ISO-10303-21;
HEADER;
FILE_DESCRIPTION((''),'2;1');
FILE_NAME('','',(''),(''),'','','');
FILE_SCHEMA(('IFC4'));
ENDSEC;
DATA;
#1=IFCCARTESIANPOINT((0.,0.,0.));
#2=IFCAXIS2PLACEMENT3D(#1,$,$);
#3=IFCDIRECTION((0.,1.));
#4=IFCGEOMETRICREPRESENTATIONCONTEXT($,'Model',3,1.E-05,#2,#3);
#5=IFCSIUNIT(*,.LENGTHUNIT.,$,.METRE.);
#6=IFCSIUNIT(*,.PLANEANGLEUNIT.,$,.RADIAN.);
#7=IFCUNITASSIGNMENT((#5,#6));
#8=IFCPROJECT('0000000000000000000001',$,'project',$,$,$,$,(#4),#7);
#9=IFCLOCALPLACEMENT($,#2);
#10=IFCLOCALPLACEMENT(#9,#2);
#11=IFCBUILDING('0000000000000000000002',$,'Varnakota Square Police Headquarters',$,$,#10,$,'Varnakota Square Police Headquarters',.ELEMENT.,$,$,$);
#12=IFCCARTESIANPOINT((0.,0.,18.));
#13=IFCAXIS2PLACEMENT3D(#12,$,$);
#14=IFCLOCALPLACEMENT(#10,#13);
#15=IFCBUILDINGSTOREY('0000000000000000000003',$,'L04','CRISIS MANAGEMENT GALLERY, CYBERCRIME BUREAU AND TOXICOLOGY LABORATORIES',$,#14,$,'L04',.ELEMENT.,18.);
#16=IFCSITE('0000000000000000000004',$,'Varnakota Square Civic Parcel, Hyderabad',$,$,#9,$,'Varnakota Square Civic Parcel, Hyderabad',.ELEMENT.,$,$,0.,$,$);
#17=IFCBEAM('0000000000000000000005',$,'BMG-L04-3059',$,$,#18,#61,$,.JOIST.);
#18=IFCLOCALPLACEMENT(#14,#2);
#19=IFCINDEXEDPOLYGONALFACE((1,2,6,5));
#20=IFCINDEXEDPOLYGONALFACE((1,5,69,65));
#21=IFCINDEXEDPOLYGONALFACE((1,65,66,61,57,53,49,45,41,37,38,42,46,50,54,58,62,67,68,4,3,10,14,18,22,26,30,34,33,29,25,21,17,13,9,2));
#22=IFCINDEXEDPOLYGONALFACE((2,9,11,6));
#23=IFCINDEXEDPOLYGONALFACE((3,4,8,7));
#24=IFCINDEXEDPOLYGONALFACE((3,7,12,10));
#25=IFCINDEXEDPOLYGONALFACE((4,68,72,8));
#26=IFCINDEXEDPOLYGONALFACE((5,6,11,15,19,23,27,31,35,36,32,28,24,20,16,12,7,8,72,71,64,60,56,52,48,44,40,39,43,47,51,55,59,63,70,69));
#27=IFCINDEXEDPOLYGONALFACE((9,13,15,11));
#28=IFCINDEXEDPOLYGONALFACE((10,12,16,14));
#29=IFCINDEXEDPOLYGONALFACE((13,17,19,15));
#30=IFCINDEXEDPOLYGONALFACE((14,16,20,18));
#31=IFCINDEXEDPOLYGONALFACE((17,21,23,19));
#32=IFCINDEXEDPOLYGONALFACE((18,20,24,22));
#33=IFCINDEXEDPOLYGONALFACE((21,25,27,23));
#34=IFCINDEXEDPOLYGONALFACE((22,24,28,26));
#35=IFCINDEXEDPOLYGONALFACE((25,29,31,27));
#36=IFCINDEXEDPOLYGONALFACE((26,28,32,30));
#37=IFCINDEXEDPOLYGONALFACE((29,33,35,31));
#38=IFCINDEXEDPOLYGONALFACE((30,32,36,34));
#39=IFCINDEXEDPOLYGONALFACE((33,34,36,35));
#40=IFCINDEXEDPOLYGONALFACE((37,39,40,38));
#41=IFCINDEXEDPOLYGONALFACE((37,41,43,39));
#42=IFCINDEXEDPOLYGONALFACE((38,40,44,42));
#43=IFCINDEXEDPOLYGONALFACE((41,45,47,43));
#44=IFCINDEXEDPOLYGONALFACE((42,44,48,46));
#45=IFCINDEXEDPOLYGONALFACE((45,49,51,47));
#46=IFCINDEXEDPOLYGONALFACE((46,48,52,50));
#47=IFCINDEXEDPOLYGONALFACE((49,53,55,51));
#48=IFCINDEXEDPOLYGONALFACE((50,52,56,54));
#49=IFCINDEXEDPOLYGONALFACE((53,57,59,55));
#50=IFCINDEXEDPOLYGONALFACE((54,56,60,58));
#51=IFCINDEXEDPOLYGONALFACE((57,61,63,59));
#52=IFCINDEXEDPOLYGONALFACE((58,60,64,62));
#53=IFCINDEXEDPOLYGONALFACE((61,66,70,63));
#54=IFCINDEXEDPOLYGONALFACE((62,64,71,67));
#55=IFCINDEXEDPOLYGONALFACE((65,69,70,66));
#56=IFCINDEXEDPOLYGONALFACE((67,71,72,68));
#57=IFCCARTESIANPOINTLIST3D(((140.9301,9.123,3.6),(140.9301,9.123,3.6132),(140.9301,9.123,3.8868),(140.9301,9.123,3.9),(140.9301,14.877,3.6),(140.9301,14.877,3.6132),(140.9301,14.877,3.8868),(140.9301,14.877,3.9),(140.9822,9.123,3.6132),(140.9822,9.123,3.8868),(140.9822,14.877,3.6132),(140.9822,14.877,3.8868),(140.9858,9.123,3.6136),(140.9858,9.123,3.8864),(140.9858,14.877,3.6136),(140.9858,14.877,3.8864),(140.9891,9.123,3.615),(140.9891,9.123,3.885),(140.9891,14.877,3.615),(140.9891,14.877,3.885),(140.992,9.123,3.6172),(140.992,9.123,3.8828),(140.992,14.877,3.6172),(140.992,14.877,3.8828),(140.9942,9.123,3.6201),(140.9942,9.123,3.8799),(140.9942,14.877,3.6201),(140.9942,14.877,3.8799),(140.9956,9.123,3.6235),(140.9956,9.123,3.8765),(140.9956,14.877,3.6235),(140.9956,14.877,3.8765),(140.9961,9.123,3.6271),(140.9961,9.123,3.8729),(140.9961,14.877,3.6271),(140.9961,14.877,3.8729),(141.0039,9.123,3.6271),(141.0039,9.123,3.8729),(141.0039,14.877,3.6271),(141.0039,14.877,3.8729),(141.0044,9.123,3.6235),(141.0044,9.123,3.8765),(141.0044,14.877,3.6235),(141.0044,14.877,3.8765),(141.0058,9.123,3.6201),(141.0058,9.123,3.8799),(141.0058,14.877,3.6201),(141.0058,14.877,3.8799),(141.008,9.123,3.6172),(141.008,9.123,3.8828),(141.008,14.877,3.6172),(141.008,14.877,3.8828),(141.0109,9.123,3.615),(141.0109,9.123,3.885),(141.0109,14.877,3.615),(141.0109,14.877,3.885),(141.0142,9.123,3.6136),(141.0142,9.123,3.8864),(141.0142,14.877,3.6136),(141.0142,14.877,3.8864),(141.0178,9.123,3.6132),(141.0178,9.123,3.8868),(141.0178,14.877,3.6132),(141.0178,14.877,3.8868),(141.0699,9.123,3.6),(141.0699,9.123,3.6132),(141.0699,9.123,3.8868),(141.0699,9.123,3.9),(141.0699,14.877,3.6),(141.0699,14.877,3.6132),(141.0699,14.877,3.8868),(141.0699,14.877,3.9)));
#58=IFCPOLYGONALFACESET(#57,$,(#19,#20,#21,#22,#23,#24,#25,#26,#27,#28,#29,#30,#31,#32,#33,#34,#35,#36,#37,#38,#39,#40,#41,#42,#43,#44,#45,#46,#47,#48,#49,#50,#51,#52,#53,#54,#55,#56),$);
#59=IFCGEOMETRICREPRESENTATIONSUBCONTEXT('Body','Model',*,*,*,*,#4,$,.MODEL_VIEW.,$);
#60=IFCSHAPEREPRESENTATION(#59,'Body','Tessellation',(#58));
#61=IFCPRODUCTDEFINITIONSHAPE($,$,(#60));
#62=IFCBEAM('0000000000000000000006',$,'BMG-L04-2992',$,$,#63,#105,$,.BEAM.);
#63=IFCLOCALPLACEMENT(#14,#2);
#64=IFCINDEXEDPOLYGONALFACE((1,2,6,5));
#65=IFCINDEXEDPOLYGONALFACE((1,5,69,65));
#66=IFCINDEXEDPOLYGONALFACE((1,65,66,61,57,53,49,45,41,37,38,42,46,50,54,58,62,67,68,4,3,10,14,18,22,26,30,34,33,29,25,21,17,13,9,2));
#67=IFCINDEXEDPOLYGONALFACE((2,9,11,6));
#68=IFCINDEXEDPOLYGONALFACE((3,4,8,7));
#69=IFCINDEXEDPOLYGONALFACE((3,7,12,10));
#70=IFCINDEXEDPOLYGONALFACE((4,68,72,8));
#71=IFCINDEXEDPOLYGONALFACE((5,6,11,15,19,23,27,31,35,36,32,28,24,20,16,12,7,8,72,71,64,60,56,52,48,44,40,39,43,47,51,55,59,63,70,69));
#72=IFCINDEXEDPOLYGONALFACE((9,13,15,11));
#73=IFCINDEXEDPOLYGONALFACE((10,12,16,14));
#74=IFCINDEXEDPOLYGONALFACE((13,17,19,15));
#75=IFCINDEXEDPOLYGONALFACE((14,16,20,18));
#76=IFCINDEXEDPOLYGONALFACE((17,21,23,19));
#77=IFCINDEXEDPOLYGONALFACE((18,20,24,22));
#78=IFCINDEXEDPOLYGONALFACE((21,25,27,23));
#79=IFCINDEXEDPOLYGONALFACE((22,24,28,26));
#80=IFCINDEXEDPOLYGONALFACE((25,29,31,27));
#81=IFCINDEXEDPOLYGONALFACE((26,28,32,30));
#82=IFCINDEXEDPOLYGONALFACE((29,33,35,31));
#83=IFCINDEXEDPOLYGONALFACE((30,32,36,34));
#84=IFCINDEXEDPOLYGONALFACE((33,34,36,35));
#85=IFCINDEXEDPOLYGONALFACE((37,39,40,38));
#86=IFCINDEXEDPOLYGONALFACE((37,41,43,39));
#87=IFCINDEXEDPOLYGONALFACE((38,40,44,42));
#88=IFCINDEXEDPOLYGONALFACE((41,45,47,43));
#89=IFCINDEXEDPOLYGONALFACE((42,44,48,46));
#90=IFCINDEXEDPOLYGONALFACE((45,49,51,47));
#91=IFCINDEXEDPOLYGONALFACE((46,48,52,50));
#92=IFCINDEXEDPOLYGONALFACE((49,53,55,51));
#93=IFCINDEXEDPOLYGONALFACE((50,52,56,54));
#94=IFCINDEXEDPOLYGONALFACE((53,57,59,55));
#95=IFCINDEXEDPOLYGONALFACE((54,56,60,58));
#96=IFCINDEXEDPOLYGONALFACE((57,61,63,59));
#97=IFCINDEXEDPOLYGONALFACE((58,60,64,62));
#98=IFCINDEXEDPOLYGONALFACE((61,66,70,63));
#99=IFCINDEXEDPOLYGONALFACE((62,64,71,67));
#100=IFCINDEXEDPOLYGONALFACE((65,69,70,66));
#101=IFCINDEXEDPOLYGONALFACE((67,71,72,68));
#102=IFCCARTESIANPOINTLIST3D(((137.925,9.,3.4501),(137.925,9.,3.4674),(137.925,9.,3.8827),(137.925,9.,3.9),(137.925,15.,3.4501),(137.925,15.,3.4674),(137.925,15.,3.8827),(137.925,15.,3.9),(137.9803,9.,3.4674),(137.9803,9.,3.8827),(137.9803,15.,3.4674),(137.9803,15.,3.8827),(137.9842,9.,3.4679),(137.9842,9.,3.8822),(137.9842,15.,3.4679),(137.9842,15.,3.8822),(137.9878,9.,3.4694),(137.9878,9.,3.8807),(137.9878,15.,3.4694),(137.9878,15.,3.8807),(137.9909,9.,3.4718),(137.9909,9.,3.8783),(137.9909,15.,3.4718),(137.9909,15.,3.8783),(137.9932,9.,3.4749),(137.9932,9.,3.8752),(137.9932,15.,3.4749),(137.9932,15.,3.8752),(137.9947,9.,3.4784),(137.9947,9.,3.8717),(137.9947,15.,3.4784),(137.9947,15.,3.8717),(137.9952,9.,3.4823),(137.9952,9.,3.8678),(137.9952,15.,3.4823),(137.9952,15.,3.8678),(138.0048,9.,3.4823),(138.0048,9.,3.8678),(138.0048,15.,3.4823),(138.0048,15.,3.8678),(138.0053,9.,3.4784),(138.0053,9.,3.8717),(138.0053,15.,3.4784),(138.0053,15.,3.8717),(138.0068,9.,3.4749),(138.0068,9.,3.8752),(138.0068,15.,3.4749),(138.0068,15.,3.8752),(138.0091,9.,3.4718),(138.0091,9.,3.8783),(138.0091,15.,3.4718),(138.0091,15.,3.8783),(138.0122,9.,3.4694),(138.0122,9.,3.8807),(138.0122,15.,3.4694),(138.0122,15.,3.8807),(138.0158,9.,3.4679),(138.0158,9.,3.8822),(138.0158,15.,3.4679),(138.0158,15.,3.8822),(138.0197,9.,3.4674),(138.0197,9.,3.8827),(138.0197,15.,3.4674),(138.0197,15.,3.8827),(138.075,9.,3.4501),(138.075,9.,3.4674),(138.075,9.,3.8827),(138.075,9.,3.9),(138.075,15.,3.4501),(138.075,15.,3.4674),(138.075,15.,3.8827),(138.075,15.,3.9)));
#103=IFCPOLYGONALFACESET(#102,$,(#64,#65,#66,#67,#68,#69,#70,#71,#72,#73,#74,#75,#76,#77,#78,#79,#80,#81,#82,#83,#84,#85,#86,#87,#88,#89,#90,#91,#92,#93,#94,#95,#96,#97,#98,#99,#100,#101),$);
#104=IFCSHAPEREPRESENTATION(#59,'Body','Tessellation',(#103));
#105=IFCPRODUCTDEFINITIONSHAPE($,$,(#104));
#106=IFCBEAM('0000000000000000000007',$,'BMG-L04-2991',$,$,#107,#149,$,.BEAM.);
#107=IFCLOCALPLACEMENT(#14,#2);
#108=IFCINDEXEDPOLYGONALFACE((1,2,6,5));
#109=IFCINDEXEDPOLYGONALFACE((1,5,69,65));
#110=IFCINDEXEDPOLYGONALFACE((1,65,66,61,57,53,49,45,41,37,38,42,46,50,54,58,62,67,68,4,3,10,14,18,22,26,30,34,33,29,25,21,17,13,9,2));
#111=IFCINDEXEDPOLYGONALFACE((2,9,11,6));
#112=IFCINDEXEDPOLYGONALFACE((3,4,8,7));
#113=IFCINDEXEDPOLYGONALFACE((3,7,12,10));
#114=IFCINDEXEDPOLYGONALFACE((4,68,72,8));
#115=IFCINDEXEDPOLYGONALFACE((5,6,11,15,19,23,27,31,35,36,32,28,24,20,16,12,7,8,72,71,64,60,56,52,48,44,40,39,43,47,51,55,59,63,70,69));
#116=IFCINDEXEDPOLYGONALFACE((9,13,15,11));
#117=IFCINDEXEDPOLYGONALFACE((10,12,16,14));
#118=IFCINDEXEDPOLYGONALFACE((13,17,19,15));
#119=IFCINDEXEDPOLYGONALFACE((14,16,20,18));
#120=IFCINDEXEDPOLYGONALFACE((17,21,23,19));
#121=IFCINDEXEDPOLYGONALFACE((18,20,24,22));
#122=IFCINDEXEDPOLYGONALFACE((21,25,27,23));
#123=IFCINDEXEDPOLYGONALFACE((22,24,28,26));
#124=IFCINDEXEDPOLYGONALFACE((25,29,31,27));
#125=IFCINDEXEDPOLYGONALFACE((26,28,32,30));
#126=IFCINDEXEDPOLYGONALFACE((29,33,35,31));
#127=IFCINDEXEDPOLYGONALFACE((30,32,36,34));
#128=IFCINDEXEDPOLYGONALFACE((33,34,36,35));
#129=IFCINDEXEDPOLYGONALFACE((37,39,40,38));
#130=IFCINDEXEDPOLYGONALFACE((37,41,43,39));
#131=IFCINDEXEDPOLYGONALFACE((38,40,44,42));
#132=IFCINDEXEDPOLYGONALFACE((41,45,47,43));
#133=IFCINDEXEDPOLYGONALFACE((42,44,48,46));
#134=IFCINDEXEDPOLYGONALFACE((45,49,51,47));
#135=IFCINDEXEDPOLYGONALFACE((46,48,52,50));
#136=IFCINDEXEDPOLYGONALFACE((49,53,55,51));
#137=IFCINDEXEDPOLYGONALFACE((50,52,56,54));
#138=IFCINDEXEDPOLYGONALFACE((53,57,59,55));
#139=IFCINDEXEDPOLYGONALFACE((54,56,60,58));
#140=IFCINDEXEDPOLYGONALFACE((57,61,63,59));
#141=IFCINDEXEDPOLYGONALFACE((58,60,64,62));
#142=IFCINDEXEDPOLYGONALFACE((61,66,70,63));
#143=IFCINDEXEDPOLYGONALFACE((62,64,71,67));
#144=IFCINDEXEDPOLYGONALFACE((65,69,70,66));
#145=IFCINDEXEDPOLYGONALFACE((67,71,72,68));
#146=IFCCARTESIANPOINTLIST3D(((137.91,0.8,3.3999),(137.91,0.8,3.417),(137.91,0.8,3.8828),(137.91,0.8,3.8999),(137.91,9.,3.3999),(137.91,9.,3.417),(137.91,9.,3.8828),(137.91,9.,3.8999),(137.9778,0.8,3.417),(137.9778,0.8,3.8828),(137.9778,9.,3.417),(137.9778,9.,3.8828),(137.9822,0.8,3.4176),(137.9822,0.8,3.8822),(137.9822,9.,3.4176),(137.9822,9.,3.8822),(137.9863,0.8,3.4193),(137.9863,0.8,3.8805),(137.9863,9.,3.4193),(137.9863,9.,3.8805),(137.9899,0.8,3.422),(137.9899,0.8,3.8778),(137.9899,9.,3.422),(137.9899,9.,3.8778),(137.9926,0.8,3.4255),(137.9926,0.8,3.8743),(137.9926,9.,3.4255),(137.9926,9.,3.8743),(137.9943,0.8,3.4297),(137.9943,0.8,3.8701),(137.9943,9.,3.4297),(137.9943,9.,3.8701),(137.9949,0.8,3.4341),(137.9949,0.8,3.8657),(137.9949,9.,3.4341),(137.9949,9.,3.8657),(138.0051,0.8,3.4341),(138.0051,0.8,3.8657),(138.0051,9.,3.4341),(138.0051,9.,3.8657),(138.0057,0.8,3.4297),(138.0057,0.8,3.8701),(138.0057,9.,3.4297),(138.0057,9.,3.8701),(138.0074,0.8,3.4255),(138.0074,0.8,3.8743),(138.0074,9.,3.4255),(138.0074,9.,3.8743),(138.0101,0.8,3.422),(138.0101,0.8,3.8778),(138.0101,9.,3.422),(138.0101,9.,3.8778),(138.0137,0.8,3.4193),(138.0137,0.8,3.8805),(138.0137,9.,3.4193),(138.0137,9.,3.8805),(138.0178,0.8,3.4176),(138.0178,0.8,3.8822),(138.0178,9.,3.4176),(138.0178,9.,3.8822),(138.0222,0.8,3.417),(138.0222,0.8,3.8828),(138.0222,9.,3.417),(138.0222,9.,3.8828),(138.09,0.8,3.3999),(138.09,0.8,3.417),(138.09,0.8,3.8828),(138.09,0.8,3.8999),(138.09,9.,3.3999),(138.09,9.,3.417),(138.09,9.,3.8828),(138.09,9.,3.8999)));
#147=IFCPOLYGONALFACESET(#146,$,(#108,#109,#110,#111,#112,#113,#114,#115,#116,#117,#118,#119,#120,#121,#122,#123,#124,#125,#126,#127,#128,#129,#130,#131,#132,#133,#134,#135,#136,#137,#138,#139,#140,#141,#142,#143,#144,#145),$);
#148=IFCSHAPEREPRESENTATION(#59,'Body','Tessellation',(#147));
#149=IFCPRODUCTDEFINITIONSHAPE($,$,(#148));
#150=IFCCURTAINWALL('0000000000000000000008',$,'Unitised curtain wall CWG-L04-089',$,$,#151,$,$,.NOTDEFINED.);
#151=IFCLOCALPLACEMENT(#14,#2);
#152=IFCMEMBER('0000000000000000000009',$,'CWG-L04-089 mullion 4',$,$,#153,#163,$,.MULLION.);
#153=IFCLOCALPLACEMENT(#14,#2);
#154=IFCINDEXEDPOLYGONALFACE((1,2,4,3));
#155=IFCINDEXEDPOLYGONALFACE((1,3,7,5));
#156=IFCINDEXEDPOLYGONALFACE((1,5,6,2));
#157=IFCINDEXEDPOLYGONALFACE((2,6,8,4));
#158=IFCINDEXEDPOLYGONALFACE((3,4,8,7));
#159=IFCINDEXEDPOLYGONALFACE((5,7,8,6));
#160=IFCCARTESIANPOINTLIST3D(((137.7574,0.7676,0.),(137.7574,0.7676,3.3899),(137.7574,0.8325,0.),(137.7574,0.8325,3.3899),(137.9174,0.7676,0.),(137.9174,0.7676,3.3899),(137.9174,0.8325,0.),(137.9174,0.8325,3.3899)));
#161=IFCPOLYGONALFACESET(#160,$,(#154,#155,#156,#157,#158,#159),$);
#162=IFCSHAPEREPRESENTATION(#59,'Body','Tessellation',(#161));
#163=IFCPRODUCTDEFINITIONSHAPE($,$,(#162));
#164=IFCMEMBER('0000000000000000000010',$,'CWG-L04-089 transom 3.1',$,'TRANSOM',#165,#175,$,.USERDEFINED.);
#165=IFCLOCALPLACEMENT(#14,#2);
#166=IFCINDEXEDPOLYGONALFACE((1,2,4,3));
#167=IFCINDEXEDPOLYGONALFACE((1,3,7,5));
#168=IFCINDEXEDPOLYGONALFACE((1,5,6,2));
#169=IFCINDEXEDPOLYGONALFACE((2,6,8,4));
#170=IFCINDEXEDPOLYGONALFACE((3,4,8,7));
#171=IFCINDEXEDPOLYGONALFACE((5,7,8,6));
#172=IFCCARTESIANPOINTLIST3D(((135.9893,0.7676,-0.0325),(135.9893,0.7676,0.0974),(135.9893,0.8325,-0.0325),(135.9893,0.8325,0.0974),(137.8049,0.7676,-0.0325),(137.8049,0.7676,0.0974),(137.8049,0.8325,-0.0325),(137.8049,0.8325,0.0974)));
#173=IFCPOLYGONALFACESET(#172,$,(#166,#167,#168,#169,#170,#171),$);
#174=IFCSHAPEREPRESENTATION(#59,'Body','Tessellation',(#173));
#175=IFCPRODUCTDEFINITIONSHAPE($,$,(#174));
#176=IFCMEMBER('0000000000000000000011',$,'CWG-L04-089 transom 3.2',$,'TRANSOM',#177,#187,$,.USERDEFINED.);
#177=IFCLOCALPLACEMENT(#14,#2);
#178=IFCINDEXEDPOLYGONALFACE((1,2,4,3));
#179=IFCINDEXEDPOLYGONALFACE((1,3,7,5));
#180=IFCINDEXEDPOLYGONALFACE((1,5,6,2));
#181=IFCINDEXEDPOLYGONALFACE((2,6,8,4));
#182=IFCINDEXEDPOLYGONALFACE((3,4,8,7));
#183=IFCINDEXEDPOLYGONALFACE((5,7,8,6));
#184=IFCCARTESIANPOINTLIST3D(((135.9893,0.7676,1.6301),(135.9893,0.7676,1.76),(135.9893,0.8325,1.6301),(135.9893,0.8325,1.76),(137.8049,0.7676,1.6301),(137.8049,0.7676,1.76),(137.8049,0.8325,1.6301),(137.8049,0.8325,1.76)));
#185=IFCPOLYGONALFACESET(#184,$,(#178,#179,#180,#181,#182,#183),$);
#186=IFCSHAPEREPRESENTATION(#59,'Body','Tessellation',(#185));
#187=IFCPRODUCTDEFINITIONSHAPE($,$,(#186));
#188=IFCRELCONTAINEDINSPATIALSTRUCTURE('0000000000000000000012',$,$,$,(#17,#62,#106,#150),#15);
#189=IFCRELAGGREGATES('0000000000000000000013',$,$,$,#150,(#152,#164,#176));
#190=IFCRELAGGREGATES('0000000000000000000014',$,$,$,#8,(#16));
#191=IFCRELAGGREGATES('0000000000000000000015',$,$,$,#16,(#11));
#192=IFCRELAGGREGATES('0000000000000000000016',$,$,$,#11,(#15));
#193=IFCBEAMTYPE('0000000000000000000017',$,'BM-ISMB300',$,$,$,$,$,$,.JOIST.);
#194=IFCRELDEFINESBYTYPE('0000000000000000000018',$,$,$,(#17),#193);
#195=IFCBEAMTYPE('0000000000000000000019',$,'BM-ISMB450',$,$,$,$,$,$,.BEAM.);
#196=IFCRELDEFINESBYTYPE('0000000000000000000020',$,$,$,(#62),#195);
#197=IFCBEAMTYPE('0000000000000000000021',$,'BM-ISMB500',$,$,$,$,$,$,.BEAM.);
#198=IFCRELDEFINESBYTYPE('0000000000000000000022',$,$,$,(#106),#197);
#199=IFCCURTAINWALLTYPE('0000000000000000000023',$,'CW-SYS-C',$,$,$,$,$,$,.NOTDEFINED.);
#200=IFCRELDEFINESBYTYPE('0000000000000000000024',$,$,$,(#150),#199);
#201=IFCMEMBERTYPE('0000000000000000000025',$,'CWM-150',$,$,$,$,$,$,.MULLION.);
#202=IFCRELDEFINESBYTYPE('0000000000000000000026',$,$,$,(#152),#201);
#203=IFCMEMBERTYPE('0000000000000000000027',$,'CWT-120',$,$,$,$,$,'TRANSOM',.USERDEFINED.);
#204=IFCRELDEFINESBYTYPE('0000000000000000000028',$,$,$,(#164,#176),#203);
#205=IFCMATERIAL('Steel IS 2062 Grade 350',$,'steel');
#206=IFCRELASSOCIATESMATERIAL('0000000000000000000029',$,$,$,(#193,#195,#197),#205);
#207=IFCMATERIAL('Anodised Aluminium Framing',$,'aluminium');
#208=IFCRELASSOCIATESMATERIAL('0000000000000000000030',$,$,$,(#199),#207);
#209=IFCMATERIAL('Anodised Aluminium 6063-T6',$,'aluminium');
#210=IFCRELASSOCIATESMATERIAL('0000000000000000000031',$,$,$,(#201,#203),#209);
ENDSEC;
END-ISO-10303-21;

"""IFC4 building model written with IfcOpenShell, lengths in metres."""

from ifc_helpers import new_model, si_unit, direction, frame, origin, origin_2d, place, context, subcontext, project, spatial, rectangle, i_section, extrude, material, material_profile, profile_set, type_object, element, aggregate, save


model = new_model("IFC4")

# Units and contexts
model_context = context("Model", 3, precision=1e-05, world=origin(), true_north=direction((0.0, 1.0)))
body_context = subcontext(model_context, "Body", "Model", "MODEL_VIEW")
ifc_project = project(units=[si_unit("LENGTHUNIT", "METRE"), si_unit("PLANEANGLEUNIT", "RADIAN")], contexts=[model_context])

# Site, building, storey
site_placement = place(None, origin())
site = spatial("IfcSite", under=ifc_project, at=site_placement, Name="Varnakota Square Civic Parcel, Hyderabad", LongName="Varnakota Square Civic Parcel, Hyderabad", CompositionType="ELEMENT", RefElevation=0.0)
building_placement = place(site_placement, origin())
building = spatial("IfcBuilding", under=site, at=building_placement, Name="Varnakota Square Police Headquarters", LongName="Varnakota Square Police Headquarters", CompositionType="ELEMENT")
storey_placement = place(building_placement, frame((0.0, 0.0, 18.0)))
storey = spatial("IfcBuildingStorey", under=building, at=storey_placement, Name="L04", Description="CRISIS MANAGEMENT GALLERY, CYBERCRIME BUREAU AND TOXICOLOGY LABORATORIES", LongName="L04", CompositionType="ELEMENT", Elevation=18.0)

# Shared definitions
ifc_material_1 = material(Name="Steel IS 2062 Grade 350", Category="steel")

# Beams
ifc_material_profile_1 = material_profile(ifc_material_1, i_section(OverallWidth=0.1399, OverallDepth=0.3, WebThickness=0.0078, FlangeThickness=0.0132, FilletRadius=0.0139, at=origin_2d()), Name="ISMB 300")
ifc_profile_set_1 = profile_set([ifc_material_profile_1], Name="Steel IS 2062 Grade 350")
beam_type_1 = type_object("IfcBeamType", Name="BM-ISMB300", PredefinedType="JOIST", material=ifc_profile_set_1)
beam_1_placement = place(storey_placement, frame((141.0, 9.123, 3.75), z_axis=(0.0, 1.0, 0.0), x_axis=(-1.0, 0.0, 0.0)))
element("IfcBeam", 1, at=beam_1_placement, inside=storey, type_object=beam_type_1, Name="BMG-L04-3059", PredefinedType="JOIST", context=body_context, shape_type="SweptSolid", body=[
    extrude(i_section(OverallWidth=0.1399, OverallDepth=0.3, WebThickness=0.0078, FlangeThickness=0.0132, FilletRadius=0.0139, at=origin_2d()), origin(), (0.0, 0.0, 1.0), 5.7539),
])
ifc_material_profile_2 = material_profile(ifc_material_1, i_section(OverallWidth=0.1499, OverallDepth=0.45, WebThickness=0.0095, FlangeThickness=0.0173, FilletRadius=0.0149, at=origin_2d()), Name="ISMB 450")
ifc_profile_set_2 = profile_set([ifc_material_profile_2], Name="Steel IS 2062 Grade 350")
beam_type_2 = type_object("IfcBeamType", Name="BM-ISMB450", PredefinedType="BEAM", material=ifc_profile_set_2)
beam_2_placement = place(storey_placement, frame((138.0, 9.0, 3.675), z_axis=(0.0, 1.0, 0.0), x_axis=(-1.0, 0.0, 0.0)))
element("IfcBeam", 2, at=beam_2_placement, inside=storey, type_object=beam_type_2, Name="BMG-L04-2992", PredefinedType="BEAM", context=body_context, shape_type="SweptSolid", body=[
    extrude(i_section(OverallWidth=0.1499, OverallDepth=0.45, WebThickness=0.0095, FlangeThickness=0.0173, FilletRadius=0.0149, at=origin_2d()), origin(), (0.0, 0.0, 1.0), 6.0),
])
ifc_material_profile_3 = material_profile(ifc_material_1, i_section(OverallWidth=0.1799, OverallDepth=0.5, WebThickness=0.0103, FlangeThickness=0.0171, FilletRadius=0.0171, at=origin_2d()), Name="ISMB 500")
ifc_profile_set_3 = profile_set([ifc_material_profile_3], Name="Steel IS 2062 Grade 350")
beam_type_3 = type_object("IfcBeamType", Name="BM-ISMB500", PredefinedType="BEAM", material=ifc_profile_set_3)
beam_3_placement = place(storey_placement, frame((138.0, 0.8, 3.6499), z_axis=(0.0, 1.0, 0.0), x_axis=(-1.0, 0.0, 0.0)))
element("IfcBeam", 3, at=beam_3_placement, inside=storey, type_object=beam_type_3, Name="BMG-L04-2991", PredefinedType="BEAM", context=body_context, shape_type="SweptSolid", body=[
    extrude(i_section(OverallWidth=0.1799, OverallDepth=0.5, WebThickness=0.0103, FlangeThickness=0.0171, FilletRadius=0.0171, at=origin_2d()), origin(), (0.0, 0.0, 1.0), 8.2),
])

# Curtain wall, members
ifc_material_2 = material(Name="Anodised Aluminium Framing", Category="aluminium")
curtain_wall_type = type_object("IfcCurtainWallType", Name="CW-SYS-C", PredefinedType="NOTDEFINED", material=ifc_material_2)
curtain_wall_placement = place(storey_placement, origin())
curtain_wall = element("IfcCurtainWall", 4, at=curtain_wall_placement, inside=storey, type_object=curtain_wall_type, Name="Unitised curtain wall CWG-L04-089", PredefinedType="NOTDEFINED")
ifc_material_3 = material(Name="Anodised Aluminium 6063-T6", Category="aluminium")
ifc_material_profile_4 = material_profile(ifc_material_3, rectangle(XDim=0.0649, YDim=0.1599, at=origin_2d()), Name="ALU MULLION 65x160")
ifc_profile_set_4 = profile_set([ifc_material_profile_4], Name="Anodised Aluminium 6063-T6")
member_type_1 = type_object("IfcMemberType", Name="CWM-150", PredefinedType="MULLION", material=ifc_profile_set_4)
member_1_placement = place(storey_placement, frame((137.8374, 0.8, 0.0), z_axis=(0.0, 0.0, 1.0), x_axis=(0.0, 1.0, 0.0)))
member_1 = element("IfcMember", 5, at=member_1_placement, type_object=member_type_1, Name="CWG-L04-089 mullion 4", PredefinedType="MULLION", context=body_context, shape_type="SweptSolid", body=[
    extrude(rectangle(XDim=0.0649, YDim=0.1599, at=origin_2d()), origin(), (0.0, 0.0, 1.0), 3.3899),
])
ifc_material_profile_5 = material_profile(ifc_material_3, rectangle(XDim=0.0649, YDim=0.1299, at=origin_2d()), Name="ALU TRANSOM 65x130")
ifc_profile_set_5 = profile_set([ifc_material_profile_5], Name="Anodised Aluminium 6063-T6")
member_type_2 = type_object("IfcMemberType", Name="CWT-120", ElementType="TRANSOM", PredefinedType="USERDEFINED", material=ifc_profile_set_5)
member_2_placement = place(storey_placement, frame((135.9893, 0.8, 0.0325), z_axis=(1.0, 0.0, 0.0), x_axis=(0.0, 1.0, 0.0)))
member_2 = element("IfcMember", 6, at=member_2_placement, type_object=member_type_2, Name="CWG-L04-089 transom 3.1", ObjectType="TRANSOM", PredefinedType="USERDEFINED", context=body_context, shape_type="SweptSolid", body=[
    extrude(rectangle(XDim=0.0649, YDim=0.1299, at=origin_2d()), origin(), (0.0, 0.0, 1.0), 1.8157),
])
member_3_placement = place(storey_placement, frame((135.9893, 0.8, 1.6951), z_axis=(1.0, 0.0, 0.0), x_axis=(0.0, 1.0, 0.0)))
member_3 = element("IfcMember", 7, at=member_3_placement, type_object=member_type_2, Name="CWG-L04-089 transom 3.2", ObjectType="TRANSOM", PredefinedType="USERDEFINED", context=body_context, shape_type="SweptSolid", body=[
    extrude(rectangle(XDim=0.0649, YDim=0.1299, at=origin_2d()), origin(), (0.0, 0.0, 1.0), 1.8157),
])
aggregate(curtain_wall, [member_1, member_2, member_3])

save(model, "model.ifc")
